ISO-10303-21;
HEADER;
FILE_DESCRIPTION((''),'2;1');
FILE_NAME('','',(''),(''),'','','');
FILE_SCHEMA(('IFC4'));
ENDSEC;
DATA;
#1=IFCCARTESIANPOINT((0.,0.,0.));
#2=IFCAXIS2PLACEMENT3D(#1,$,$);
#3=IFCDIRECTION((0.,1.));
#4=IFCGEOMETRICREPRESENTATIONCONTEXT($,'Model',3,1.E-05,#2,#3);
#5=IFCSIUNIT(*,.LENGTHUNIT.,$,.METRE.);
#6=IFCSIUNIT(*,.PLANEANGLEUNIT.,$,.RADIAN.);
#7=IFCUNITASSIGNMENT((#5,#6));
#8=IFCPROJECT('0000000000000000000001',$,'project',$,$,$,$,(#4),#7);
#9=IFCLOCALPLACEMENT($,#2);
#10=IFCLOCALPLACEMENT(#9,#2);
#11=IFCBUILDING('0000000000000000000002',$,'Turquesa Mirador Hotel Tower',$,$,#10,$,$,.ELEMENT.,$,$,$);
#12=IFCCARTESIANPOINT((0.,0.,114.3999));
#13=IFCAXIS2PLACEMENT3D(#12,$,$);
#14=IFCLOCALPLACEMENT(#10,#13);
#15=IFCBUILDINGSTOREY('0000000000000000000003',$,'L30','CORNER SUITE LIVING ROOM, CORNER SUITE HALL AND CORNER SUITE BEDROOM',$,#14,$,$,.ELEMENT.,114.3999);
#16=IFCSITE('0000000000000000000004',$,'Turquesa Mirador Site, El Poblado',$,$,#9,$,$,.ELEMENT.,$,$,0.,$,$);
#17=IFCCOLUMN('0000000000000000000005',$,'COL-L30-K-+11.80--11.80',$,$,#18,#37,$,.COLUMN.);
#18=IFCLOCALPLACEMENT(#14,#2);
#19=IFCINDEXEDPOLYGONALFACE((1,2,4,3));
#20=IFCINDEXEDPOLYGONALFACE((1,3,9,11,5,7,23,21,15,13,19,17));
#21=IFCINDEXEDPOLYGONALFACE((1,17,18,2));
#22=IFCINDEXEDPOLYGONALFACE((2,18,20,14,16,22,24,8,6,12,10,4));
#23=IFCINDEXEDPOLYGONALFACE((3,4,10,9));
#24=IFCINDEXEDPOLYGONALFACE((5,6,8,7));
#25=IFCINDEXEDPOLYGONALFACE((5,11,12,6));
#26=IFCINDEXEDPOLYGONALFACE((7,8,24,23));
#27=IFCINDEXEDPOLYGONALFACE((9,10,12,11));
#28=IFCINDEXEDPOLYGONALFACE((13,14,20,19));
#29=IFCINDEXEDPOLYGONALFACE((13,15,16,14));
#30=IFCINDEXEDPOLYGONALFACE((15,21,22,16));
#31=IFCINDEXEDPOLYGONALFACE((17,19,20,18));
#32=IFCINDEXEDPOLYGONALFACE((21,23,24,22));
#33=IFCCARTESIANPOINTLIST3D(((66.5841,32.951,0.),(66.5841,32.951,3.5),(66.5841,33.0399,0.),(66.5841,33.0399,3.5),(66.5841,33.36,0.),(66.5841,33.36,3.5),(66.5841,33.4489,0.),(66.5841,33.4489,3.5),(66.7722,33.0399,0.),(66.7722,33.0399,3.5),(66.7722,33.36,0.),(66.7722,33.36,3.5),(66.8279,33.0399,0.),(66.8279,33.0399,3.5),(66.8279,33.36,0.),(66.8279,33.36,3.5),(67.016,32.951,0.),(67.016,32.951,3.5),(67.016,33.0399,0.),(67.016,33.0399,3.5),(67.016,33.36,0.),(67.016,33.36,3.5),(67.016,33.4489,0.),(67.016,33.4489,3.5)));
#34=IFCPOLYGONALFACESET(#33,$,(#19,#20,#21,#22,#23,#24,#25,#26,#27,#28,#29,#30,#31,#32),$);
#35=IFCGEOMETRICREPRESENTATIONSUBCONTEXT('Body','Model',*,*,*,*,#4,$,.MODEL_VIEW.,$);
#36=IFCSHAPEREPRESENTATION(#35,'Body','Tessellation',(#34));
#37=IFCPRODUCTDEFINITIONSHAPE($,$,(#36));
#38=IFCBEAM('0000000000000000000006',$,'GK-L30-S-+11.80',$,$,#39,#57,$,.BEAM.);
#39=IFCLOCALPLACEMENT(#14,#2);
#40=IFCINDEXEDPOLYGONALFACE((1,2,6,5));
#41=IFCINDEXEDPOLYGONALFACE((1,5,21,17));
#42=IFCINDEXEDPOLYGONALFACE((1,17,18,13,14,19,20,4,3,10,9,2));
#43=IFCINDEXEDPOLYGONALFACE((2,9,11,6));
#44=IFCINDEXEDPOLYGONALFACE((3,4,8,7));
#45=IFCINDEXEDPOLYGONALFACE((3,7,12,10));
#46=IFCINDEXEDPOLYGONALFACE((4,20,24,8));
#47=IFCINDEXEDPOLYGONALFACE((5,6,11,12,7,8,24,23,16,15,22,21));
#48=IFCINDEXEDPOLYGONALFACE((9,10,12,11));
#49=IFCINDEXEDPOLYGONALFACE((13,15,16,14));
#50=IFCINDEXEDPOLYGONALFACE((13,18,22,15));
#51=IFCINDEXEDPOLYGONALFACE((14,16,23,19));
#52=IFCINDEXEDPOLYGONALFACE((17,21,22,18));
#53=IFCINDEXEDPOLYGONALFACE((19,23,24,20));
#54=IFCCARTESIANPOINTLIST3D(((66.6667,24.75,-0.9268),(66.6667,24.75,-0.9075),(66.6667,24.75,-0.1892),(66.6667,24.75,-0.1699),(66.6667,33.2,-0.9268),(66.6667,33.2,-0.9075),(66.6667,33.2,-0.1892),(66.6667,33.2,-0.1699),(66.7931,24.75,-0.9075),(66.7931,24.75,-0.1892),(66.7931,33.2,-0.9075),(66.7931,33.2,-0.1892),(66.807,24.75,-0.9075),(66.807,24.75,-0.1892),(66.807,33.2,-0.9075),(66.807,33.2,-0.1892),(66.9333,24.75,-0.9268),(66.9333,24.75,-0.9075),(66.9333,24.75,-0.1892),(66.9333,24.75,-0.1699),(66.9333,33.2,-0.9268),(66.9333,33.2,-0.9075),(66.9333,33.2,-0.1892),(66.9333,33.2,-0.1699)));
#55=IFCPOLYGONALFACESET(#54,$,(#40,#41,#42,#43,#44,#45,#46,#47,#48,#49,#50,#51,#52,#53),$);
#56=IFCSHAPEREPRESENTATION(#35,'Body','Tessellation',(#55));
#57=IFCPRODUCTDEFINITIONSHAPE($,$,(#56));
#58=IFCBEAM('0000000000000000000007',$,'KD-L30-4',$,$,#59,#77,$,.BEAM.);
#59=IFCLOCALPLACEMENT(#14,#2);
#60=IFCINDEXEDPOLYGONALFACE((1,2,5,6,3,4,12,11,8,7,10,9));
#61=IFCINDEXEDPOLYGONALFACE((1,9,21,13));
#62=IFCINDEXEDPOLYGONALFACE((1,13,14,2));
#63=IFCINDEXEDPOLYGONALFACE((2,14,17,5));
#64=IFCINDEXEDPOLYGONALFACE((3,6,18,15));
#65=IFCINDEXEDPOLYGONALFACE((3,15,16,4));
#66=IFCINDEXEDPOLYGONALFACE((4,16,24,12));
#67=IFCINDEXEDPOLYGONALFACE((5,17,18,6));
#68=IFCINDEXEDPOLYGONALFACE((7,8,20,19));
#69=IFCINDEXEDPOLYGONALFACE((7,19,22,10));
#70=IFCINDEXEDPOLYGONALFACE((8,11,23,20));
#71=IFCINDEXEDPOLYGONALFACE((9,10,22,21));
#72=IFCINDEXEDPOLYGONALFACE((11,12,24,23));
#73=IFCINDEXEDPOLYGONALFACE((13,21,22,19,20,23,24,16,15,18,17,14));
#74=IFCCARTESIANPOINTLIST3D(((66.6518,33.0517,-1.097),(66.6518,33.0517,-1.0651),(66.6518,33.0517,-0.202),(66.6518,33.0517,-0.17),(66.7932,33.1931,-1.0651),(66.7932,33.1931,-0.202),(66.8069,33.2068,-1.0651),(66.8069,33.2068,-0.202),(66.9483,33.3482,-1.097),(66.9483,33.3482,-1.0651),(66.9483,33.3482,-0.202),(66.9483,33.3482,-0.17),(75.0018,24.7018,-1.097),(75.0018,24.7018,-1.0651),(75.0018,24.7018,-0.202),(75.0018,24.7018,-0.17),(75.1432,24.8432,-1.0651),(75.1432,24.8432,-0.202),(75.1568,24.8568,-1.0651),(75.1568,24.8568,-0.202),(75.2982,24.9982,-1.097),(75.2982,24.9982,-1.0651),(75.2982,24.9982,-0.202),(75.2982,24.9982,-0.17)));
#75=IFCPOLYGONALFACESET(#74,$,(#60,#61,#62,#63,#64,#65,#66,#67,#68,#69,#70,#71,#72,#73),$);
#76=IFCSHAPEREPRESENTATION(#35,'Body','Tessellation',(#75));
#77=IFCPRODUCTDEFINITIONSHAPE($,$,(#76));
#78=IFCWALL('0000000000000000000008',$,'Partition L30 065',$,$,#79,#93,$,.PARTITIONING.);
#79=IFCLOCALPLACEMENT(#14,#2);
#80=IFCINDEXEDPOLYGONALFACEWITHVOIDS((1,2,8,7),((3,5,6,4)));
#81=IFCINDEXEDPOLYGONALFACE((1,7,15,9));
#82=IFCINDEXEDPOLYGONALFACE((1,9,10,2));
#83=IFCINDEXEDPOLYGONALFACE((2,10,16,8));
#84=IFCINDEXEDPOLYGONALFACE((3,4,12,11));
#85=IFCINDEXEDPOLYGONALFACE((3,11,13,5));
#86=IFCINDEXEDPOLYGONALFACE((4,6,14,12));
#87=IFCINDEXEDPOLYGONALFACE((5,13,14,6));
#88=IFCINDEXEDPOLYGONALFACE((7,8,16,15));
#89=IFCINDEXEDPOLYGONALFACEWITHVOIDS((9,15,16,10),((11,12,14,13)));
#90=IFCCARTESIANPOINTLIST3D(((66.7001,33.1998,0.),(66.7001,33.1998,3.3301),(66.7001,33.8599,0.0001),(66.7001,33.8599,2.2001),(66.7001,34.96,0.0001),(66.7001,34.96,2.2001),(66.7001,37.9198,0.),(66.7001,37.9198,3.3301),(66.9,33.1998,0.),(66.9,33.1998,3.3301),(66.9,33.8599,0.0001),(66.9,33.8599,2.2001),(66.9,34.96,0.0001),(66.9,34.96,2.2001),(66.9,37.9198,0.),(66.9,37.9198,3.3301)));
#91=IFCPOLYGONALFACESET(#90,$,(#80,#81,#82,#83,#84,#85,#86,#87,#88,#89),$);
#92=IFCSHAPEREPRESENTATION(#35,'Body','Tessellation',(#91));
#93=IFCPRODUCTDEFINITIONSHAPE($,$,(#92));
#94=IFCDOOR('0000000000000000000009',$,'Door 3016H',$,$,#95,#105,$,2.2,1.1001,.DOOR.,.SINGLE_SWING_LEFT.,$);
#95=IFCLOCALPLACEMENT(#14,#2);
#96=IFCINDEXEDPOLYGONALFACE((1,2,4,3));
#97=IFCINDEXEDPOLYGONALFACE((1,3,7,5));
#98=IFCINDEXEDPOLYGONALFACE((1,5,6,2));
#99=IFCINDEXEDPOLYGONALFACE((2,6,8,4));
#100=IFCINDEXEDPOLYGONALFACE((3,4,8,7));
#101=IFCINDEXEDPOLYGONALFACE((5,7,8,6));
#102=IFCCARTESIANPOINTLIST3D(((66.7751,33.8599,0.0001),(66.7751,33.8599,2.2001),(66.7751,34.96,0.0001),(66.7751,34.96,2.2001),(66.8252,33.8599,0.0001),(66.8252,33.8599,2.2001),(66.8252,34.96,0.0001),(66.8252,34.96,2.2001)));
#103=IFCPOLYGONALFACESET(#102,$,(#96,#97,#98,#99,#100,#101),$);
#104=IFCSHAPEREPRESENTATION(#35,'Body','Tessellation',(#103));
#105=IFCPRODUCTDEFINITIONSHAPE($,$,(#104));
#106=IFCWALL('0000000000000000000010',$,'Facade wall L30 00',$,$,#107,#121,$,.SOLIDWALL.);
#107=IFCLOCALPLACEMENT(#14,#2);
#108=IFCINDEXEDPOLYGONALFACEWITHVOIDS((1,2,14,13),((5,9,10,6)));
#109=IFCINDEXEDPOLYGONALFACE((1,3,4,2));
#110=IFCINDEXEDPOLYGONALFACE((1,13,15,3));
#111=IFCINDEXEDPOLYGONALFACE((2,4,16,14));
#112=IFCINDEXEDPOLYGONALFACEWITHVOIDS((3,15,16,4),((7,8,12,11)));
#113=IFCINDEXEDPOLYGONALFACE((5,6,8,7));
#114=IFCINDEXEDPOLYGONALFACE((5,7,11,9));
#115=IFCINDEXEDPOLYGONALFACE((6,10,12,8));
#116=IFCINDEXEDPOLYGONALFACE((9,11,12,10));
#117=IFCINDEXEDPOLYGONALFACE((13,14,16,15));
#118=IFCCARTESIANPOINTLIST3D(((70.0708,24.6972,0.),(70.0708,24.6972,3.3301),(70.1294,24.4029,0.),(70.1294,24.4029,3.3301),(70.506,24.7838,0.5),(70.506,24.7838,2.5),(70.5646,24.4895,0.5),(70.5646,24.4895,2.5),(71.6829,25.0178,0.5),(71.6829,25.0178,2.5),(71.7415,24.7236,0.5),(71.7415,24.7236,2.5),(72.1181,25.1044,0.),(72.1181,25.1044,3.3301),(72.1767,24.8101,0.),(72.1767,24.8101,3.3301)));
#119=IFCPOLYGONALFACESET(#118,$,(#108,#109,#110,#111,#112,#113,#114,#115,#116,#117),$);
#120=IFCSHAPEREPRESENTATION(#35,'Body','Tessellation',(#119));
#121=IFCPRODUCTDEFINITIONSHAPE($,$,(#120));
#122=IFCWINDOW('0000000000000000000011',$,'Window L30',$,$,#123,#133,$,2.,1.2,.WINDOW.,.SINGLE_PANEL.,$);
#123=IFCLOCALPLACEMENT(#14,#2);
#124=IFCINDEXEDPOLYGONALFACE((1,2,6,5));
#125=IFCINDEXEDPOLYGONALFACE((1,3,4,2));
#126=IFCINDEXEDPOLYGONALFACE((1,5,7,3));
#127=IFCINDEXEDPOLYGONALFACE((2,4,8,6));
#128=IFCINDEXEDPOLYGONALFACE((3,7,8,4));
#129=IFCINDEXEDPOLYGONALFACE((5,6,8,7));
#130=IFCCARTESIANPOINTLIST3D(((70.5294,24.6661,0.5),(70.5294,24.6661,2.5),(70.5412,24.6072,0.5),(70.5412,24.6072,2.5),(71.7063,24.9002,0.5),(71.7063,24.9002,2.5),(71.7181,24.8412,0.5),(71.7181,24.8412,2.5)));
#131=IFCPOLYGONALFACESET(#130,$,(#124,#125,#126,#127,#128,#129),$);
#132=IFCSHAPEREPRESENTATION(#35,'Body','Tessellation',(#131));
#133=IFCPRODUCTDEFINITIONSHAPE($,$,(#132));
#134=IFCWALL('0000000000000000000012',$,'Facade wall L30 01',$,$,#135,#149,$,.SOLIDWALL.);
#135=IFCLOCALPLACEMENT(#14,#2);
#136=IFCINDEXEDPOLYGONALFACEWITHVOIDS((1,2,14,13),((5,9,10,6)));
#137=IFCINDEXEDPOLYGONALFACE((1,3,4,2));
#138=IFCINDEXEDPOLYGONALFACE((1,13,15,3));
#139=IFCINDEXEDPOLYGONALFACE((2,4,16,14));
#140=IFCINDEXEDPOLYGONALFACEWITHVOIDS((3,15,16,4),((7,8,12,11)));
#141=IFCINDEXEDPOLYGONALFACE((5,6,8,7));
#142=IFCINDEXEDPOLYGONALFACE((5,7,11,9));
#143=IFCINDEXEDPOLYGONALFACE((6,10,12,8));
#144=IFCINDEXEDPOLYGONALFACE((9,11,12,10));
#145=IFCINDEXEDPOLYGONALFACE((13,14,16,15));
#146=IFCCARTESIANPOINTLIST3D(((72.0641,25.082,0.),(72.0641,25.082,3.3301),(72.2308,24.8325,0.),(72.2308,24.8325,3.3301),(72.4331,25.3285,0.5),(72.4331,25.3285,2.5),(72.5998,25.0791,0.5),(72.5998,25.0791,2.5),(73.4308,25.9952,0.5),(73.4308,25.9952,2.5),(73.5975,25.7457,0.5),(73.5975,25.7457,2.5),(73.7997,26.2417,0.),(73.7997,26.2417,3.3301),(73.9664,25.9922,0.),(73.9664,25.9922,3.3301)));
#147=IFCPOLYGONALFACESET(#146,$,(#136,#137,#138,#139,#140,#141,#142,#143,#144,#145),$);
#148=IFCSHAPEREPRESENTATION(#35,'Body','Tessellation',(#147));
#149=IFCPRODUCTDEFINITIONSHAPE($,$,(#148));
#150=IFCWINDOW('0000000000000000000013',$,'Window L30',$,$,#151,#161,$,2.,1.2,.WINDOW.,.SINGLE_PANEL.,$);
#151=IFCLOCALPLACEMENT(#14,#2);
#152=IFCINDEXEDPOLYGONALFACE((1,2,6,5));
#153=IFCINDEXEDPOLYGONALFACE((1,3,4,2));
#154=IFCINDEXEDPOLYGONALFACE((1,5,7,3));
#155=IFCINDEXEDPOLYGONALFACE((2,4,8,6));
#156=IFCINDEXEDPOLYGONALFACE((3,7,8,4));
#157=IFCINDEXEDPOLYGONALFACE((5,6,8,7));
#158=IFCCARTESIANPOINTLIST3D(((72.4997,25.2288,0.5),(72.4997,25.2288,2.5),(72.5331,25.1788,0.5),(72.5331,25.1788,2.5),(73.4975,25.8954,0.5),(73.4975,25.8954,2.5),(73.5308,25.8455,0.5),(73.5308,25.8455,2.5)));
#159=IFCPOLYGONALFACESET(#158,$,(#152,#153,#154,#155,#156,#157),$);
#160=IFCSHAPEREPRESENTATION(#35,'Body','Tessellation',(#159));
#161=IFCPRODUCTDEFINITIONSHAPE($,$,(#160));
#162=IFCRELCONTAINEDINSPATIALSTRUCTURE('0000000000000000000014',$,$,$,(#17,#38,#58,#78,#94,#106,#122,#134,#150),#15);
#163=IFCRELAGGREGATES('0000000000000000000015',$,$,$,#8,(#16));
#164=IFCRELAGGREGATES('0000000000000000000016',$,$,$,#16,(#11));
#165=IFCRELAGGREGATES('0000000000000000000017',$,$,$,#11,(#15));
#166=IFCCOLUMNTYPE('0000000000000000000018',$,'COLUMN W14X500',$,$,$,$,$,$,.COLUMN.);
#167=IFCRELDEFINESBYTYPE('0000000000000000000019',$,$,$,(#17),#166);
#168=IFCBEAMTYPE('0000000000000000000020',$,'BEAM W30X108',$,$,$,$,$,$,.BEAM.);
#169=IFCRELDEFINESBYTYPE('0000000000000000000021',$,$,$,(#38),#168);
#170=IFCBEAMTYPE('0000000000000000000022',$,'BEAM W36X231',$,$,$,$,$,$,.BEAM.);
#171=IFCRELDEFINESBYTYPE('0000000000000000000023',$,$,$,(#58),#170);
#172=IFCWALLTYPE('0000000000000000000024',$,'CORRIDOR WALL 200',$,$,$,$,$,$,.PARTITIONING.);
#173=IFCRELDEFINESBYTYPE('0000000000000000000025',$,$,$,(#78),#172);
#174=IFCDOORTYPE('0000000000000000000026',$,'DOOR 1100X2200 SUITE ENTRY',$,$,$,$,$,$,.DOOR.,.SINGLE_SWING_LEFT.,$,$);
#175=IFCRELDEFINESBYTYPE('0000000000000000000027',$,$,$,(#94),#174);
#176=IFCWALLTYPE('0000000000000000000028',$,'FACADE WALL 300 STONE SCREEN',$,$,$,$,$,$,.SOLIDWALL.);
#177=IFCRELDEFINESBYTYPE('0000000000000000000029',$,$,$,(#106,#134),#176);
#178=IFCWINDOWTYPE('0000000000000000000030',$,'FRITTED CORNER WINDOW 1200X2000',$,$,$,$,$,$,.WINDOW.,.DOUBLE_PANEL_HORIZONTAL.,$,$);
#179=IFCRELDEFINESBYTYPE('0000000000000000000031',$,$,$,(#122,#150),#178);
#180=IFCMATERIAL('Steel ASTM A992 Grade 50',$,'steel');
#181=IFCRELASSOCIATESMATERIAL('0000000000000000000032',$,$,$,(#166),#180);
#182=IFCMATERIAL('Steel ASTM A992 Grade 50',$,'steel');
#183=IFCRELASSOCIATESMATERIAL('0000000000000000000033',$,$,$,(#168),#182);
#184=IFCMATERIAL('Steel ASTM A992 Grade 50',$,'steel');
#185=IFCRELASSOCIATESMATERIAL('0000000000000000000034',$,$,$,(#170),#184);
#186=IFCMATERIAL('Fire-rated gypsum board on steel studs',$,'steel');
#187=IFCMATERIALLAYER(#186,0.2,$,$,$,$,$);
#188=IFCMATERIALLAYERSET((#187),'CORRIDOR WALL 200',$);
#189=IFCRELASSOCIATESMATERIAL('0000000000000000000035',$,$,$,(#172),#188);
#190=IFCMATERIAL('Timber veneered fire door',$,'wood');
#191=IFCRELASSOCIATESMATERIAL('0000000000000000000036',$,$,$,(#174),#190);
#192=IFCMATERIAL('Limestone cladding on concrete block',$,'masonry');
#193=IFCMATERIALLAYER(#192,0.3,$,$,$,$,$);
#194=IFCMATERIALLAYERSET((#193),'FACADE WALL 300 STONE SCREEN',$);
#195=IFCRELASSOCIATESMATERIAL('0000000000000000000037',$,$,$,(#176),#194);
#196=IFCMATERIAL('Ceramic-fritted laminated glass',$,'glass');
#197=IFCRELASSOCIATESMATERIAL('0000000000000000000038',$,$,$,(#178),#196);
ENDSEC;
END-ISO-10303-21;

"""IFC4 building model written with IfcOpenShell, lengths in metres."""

from ifc_helpers import new_model, si_unit, direction, frame, frame_2d, origin, origin_2d, place, context, subcontext, project, spatial, rectangle, i_section, extrude, material, layer, layer_set, material_profile, profile_set, type_object, element, fill, save


model = new_model("IFC4")

# Units and contexts
model_context = context("Model", 3, precision=1e-05, world=origin(), true_north=direction((0.0, 1.0)))
body_context = subcontext(model_context, "Body", "Model", "MODEL_VIEW")
ifc_project = project(units=[si_unit("LENGTHUNIT", "METRE"), si_unit("PLANEANGLEUNIT", "RADIAN")], contexts=[model_context])

# Site, building, storey
site_placement = place(None, origin())
site = spatial("IfcSite", under=ifc_project, at=site_placement, Name="Turquesa Mirador Site, El Poblado", CompositionType="ELEMENT", RefElevation=0.0)
building_placement = place(site_placement, origin())
building = spatial("IfcBuilding", under=site, at=building_placement, Name="Turquesa Mirador Hotel Tower", CompositionType="ELEMENT")
storey_placement = place(building_placement, frame((0.0, 0.0, 114.3999)))
storey = spatial("IfcBuildingStorey", under=building, at=storey_placement, Name="L30", Description="CORNER SUITE LIVING ROOM, CORNER SUITE HALL AND CORNER SUITE BEDROOM", CompositionType="ELEMENT", Elevation=114.3999)

# Column
ifc_material_1 = material(Name="Steel ASTM A992 Grade 50", Category="steel")
ifc_material_profile_1 = material_profile(ifc_material_1, i_section(OverallWidth=0.4319, OverallDepth=0.4978, WebThickness=0.0557, FlangeThickness=0.0889, at=origin_2d()), Name="W14X500")
ifc_profile_set_1 = profile_set([ifc_material_profile_1], Name="Steel ASTM A992 Grade 50")
column_type = type_object("IfcColumnType", Name="COLUMN W14X500", PredefinedType="COLUMN", material=ifc_profile_set_1)
column_placement = place(storey_placement, frame((66.8, 33.2, 0.0), z_axis=(0.0, 0.0, 1.0), x_axis=(1.0, 0.0, 0.0)))
element("IfcColumn", 1, at=column_placement, inside=storey, type_object=column_type, Name="COL-L30-K-+11.80--11.80", PredefinedType="COLUMN", context=body_context, shape_type="SweptSolid", body=[
    extrude(i_section(OverallWidth=0.4319, OverallDepth=0.4978, WebThickness=0.0557, FlangeThickness=0.0889, at=origin_2d()), origin(), (0.0, 0.0, 1.0), 3.5),
])

# Beams
ifc_material_2 = material(Name="Steel ASTM A992 Grade 50", Category="steel")
ifc_material_profile_2 = material_profile(ifc_material_2, i_section(OverallWidth=0.2666, OverallDepth=0.7568, WebThickness=0.0139, FlangeThickness=0.0193, at=origin_2d()), Name="W30X108")
ifc_profile_set_2 = profile_set([ifc_material_profile_2], Name="Steel ASTM A992 Grade 50")
beam_type_1 = type_object("IfcBeamType", Name="BEAM W30X108", PredefinedType="BEAM", material=ifc_profile_set_2)
beam_1_placement = place(storey_placement, frame((66.8, 24.75, -0.5483), z_axis=(0.0, 1.0, 0.0), x_axis=(-1.0, 0.0, 0.0)))
element("IfcBeam", 2, at=beam_1_placement, inside=storey, type_object=beam_type_1, Name="GK-L30-S-+11.80", PredefinedType="BEAM", context=body_context, shape_type="SweptSolid", body=[
    extrude(i_section(OverallWidth=0.2666, OverallDepth=0.7568, WebThickness=0.0139, FlangeThickness=0.0193, at=origin_2d()), origin(), (0.0, 0.0, 1.0), 8.45),
])
ifc_material_3 = material(Name="Steel ASTM A992 Grade 50", Category="steel")
ifc_material_profile_3 = material_profile(ifc_material_3, i_section(OverallWidth=0.4192, OverallDepth=0.927, WebThickness=0.0193, FlangeThickness=0.032, at=origin_2d()), Name="W36X231")
ifc_profile_set_3 = profile_set([ifc_material_profile_3], Name="Steel ASTM A992 Grade 50")
beam_type_2 = type_object("IfcBeamType", Name="BEAM W36X231", PredefinedType="BEAM", material=ifc_profile_set_3)
beam_2_placement = place(storey_placement, frame((66.8, 33.2, -0.6335), z_axis=(0.707107, -0.707107, 0.0), x_axis=(0.707107, 0.707107, 0.0)))
element("IfcBeam", 3, at=beam_2_placement, inside=storey, type_object=beam_type_2, Name="KD-L30-4", PredefinedType="BEAM", context=body_context, shape_type="SweptSolid", body=[
    extrude(i_section(OverallWidth=0.4192, OverallDepth=0.927, WebThickness=0.0193, FlangeThickness=0.032, at=origin_2d()), origin(), (0.0, 0.0, 1.0), 11.8086),
])

# Wall, opening, door
ifc_material_4 = material(Name="Fire-rated gypsum board on steel studs", Category="steel")
ifc_layer_1 = layer(ifc_material_4, 0.2)
ifc_layer_set_1 = layer_set([ifc_layer_1], Name="CORRIDOR WALL 200")
wall_type_1 = type_object("IfcWallType", Name="CORRIDOR WALL 200", PredefinedType="PARTITIONING", material=ifc_layer_set_1)
wall_1_placement = place(storey_placement, frame((66.8, 33.2, 0.0), z_axis=(0.0, 0.0, 1.0), x_axis=(0.0, 1.0, 0.0)))
wall_1 = element("IfcWall", 4, at=wall_1_placement, inside=storey, type_object=wall_type_1, Name="Partition L30 065", PredefinedType="PARTITIONING", context=body_context, shape_type="SweptSolid", body=[
    extrude(rectangle(XDim=4.72, YDim=0.2, at=frame_2d((2.3599, 0.0))), origin(), (0.0, 0.0, 1.0), 3.3301),
])
opening_1_placement = place(wall_1_placement, frame((0.6599, 0.0, 0.0)))
opening_1 = element("IfcOpeningElement", 5, at=opening_1_placement, cuts=wall_1, PredefinedType="OPENING", context=body_context, shape_type="SweptSolid", body=[
    extrude(rectangle(XDim=1.1001, YDim=2.2, at=frame_2d((0.55, 1.1001))), frame((0.0, 0.1099, 0.0), z_axis=(0.0, -1.0, 0.0), x_axis=(1.0, 0.0, 0.0)), (0.0, 0.0, 1.0), 0.22),
])
ifc_material_5 = material(Name="Timber veneered fire door", Category="wood")
door_type_1 = type_object("IfcDoorType", Name="DOOR 1100X2200 SUITE ENTRY", OperationType="SINGLE_SWING_LEFT", PredefinedType="DOOR", material=ifc_material_5)
door_1_placement = place(opening_1_placement, origin())
door_1 = element("IfcDoor", 6, at=door_1_placement, inside=storey, type_object=door_type_1, Name="Door 3016H", OperationType="SINGLE_SWING_LEFT", OverallHeight=2.2, OverallWidth=1.1001, PredefinedType="DOOR", context=body_context, shape_type="SweptSolid", body=[
    extrude(rectangle(XDim=1.1001, YDim=2.2, at=frame_2d((0.55, 1.1001))), frame((0.0, 0.0249, 0.0), z_axis=(0.0, -1.0, 0.0), x_axis=(1.0, 0.0, 0.0)), (0.0, 0.0, 1.0), 0.05),
])
fill(opening_1, door_1)

# Walls, openings, windows
ifc_material_6 = material(Name="Limestone cladding on concrete block", Category="masonry")
ifc_layer_2 = layer(ifc_material_6, 0.3)
ifc_layer_set_2 = layer_set([ifc_layer_2], Name="FACADE WALL 300 STONE SCREEN")
wall_type_2 = type_object("IfcWallType", Name="FACADE WALL 300 STONE SCREEN", PredefinedType="SOLIDWALL", material=ifc_layer_set_2)
wall_2_placement = place(storey_placement, frame((70.1001, 24.55, 0.0), z_axis=(0.0, 0.0, 1.0), x_axis=(0.980787, 0.195081, 0.0)))
wall_2 = element("IfcWall", 7, at=wall_2_placement, inside=storey, type_object=wall_type_2, Name="Facade wall L30 00", PredefinedType="SOLIDWALL", context=body_context, shape_type="SweptSolid", body=[
    extrude(rectangle(XDim=2.0874, YDim=0.3, at=frame_2d((1.0437, 0.0))), origin(), (0.0, 0.0, 1.0), 3.3301),
])
opening_2_placement = place(wall_2_placement, frame((0.4436, 0.0, 0.5)))
opening_2 = element("IfcOpeningElement", 8, at=opening_2_placement, cuts=wall_2, PredefinedType="OPENING", context=body_context, shape_type="SweptSolid", body=[
    extrude(rectangle(XDim=1.2, YDim=2.0, at=frame_2d((0.6001, 1.0))), frame((0.0, 0.1599, 0.0), z_axis=(0.0, -1.0, 0.0), x_axis=(1.0, 0.0, 0.0)), (0.0, 0.0, 1.0), 0.3201),
])
ifc_material_7 = material(Name="Ceramic-fritted laminated glass", Category="glass")
window_type = type_object("IfcWindowType", Name="FRITTED CORNER WINDOW 1200X2000", PartitioningType="DOUBLE_PANEL_HORIZONTAL", PredefinedType="WINDOW", material=ifc_material_7)
window_1_placement = place(opening_2_placement, origin())
window_1 = element("IfcWindow", 9, at=window_1_placement, inside=storey, type_object=window_type, Name="Window L30", OverallHeight=2.0, OverallWidth=1.2, PartitioningType="SINGLE_PANEL", PredefinedType="WINDOW", context=body_context, shape_type="SweptSolid", body=[
    extrude(rectangle(XDim=1.2, YDim=2.0, at=frame_2d((0.6001, 1.0))), frame((0.0, 0.03, 0.0), z_axis=(0.0, -1.0, 0.0), x_axis=(1.0, 0.0, 0.0)), (0.0, 0.0, 1.0), 0.0601),
])
fill(opening_2, window_1)
wall_3_placement = place(storey_placement, frame((72.1475, 24.9573, 0.0), z_axis=(0.0, 0.0, 1.0), x_axis=(0.831474, 0.555564, 0.0)))
wall_3 = element("IfcWall", 10, at=wall_3_placement, inside=storey, type_object=wall_type_2, Name="Facade wall L30 01", PredefinedType="SOLIDWALL", context=body_context, shape_type="SweptSolid", body=[
    extrude(rectangle(XDim=2.0874, YDim=0.3, at=frame_2d((1.0437, 0.0))), origin(), (0.0, 0.0, 1.0), 3.3301),
])
opening_3_placement = place(wall_3_placement, frame((0.4436, 0.0, 0.5)))
opening_3 = element("IfcOpeningElement", 11, at=opening_3_placement, cuts=wall_3, PredefinedType="OPENING", context=body_context, shape_type="SweptSolid", body=[
    extrude(rectangle(XDim=1.2, YDim=2.0, at=frame_2d((0.6001, 1.0))), frame((0.0, 0.1599, 0.0), z_axis=(0.0, -1.0, 0.0), x_axis=(1.0, 0.0, 0.0)), (0.0, 0.0, 1.0), 0.3201),
])
window_2_placement = place(opening_3_placement, origin())
window_2 = element("IfcWindow", 12, at=window_2_placement, inside=storey, type_object=window_type, Name="Window L30", OverallHeight=2.0, OverallWidth=1.2, PartitioningType="SINGLE_PANEL", PredefinedType="WINDOW", context=body_context, shape_type="SweptSolid", body=[
    extrude(rectangle(XDim=1.2, YDim=2.0, at=frame_2d((0.6001, 1.0))), frame((0.0, 0.03, 0.0), z_axis=(0.0, -1.0, 0.0), x_axis=(1.0, 0.0, 0.0)), (0.0, 0.0, 1.0), 0.0601),
])
fill(opening_3, window_2)

save(model, "model.ifc")
